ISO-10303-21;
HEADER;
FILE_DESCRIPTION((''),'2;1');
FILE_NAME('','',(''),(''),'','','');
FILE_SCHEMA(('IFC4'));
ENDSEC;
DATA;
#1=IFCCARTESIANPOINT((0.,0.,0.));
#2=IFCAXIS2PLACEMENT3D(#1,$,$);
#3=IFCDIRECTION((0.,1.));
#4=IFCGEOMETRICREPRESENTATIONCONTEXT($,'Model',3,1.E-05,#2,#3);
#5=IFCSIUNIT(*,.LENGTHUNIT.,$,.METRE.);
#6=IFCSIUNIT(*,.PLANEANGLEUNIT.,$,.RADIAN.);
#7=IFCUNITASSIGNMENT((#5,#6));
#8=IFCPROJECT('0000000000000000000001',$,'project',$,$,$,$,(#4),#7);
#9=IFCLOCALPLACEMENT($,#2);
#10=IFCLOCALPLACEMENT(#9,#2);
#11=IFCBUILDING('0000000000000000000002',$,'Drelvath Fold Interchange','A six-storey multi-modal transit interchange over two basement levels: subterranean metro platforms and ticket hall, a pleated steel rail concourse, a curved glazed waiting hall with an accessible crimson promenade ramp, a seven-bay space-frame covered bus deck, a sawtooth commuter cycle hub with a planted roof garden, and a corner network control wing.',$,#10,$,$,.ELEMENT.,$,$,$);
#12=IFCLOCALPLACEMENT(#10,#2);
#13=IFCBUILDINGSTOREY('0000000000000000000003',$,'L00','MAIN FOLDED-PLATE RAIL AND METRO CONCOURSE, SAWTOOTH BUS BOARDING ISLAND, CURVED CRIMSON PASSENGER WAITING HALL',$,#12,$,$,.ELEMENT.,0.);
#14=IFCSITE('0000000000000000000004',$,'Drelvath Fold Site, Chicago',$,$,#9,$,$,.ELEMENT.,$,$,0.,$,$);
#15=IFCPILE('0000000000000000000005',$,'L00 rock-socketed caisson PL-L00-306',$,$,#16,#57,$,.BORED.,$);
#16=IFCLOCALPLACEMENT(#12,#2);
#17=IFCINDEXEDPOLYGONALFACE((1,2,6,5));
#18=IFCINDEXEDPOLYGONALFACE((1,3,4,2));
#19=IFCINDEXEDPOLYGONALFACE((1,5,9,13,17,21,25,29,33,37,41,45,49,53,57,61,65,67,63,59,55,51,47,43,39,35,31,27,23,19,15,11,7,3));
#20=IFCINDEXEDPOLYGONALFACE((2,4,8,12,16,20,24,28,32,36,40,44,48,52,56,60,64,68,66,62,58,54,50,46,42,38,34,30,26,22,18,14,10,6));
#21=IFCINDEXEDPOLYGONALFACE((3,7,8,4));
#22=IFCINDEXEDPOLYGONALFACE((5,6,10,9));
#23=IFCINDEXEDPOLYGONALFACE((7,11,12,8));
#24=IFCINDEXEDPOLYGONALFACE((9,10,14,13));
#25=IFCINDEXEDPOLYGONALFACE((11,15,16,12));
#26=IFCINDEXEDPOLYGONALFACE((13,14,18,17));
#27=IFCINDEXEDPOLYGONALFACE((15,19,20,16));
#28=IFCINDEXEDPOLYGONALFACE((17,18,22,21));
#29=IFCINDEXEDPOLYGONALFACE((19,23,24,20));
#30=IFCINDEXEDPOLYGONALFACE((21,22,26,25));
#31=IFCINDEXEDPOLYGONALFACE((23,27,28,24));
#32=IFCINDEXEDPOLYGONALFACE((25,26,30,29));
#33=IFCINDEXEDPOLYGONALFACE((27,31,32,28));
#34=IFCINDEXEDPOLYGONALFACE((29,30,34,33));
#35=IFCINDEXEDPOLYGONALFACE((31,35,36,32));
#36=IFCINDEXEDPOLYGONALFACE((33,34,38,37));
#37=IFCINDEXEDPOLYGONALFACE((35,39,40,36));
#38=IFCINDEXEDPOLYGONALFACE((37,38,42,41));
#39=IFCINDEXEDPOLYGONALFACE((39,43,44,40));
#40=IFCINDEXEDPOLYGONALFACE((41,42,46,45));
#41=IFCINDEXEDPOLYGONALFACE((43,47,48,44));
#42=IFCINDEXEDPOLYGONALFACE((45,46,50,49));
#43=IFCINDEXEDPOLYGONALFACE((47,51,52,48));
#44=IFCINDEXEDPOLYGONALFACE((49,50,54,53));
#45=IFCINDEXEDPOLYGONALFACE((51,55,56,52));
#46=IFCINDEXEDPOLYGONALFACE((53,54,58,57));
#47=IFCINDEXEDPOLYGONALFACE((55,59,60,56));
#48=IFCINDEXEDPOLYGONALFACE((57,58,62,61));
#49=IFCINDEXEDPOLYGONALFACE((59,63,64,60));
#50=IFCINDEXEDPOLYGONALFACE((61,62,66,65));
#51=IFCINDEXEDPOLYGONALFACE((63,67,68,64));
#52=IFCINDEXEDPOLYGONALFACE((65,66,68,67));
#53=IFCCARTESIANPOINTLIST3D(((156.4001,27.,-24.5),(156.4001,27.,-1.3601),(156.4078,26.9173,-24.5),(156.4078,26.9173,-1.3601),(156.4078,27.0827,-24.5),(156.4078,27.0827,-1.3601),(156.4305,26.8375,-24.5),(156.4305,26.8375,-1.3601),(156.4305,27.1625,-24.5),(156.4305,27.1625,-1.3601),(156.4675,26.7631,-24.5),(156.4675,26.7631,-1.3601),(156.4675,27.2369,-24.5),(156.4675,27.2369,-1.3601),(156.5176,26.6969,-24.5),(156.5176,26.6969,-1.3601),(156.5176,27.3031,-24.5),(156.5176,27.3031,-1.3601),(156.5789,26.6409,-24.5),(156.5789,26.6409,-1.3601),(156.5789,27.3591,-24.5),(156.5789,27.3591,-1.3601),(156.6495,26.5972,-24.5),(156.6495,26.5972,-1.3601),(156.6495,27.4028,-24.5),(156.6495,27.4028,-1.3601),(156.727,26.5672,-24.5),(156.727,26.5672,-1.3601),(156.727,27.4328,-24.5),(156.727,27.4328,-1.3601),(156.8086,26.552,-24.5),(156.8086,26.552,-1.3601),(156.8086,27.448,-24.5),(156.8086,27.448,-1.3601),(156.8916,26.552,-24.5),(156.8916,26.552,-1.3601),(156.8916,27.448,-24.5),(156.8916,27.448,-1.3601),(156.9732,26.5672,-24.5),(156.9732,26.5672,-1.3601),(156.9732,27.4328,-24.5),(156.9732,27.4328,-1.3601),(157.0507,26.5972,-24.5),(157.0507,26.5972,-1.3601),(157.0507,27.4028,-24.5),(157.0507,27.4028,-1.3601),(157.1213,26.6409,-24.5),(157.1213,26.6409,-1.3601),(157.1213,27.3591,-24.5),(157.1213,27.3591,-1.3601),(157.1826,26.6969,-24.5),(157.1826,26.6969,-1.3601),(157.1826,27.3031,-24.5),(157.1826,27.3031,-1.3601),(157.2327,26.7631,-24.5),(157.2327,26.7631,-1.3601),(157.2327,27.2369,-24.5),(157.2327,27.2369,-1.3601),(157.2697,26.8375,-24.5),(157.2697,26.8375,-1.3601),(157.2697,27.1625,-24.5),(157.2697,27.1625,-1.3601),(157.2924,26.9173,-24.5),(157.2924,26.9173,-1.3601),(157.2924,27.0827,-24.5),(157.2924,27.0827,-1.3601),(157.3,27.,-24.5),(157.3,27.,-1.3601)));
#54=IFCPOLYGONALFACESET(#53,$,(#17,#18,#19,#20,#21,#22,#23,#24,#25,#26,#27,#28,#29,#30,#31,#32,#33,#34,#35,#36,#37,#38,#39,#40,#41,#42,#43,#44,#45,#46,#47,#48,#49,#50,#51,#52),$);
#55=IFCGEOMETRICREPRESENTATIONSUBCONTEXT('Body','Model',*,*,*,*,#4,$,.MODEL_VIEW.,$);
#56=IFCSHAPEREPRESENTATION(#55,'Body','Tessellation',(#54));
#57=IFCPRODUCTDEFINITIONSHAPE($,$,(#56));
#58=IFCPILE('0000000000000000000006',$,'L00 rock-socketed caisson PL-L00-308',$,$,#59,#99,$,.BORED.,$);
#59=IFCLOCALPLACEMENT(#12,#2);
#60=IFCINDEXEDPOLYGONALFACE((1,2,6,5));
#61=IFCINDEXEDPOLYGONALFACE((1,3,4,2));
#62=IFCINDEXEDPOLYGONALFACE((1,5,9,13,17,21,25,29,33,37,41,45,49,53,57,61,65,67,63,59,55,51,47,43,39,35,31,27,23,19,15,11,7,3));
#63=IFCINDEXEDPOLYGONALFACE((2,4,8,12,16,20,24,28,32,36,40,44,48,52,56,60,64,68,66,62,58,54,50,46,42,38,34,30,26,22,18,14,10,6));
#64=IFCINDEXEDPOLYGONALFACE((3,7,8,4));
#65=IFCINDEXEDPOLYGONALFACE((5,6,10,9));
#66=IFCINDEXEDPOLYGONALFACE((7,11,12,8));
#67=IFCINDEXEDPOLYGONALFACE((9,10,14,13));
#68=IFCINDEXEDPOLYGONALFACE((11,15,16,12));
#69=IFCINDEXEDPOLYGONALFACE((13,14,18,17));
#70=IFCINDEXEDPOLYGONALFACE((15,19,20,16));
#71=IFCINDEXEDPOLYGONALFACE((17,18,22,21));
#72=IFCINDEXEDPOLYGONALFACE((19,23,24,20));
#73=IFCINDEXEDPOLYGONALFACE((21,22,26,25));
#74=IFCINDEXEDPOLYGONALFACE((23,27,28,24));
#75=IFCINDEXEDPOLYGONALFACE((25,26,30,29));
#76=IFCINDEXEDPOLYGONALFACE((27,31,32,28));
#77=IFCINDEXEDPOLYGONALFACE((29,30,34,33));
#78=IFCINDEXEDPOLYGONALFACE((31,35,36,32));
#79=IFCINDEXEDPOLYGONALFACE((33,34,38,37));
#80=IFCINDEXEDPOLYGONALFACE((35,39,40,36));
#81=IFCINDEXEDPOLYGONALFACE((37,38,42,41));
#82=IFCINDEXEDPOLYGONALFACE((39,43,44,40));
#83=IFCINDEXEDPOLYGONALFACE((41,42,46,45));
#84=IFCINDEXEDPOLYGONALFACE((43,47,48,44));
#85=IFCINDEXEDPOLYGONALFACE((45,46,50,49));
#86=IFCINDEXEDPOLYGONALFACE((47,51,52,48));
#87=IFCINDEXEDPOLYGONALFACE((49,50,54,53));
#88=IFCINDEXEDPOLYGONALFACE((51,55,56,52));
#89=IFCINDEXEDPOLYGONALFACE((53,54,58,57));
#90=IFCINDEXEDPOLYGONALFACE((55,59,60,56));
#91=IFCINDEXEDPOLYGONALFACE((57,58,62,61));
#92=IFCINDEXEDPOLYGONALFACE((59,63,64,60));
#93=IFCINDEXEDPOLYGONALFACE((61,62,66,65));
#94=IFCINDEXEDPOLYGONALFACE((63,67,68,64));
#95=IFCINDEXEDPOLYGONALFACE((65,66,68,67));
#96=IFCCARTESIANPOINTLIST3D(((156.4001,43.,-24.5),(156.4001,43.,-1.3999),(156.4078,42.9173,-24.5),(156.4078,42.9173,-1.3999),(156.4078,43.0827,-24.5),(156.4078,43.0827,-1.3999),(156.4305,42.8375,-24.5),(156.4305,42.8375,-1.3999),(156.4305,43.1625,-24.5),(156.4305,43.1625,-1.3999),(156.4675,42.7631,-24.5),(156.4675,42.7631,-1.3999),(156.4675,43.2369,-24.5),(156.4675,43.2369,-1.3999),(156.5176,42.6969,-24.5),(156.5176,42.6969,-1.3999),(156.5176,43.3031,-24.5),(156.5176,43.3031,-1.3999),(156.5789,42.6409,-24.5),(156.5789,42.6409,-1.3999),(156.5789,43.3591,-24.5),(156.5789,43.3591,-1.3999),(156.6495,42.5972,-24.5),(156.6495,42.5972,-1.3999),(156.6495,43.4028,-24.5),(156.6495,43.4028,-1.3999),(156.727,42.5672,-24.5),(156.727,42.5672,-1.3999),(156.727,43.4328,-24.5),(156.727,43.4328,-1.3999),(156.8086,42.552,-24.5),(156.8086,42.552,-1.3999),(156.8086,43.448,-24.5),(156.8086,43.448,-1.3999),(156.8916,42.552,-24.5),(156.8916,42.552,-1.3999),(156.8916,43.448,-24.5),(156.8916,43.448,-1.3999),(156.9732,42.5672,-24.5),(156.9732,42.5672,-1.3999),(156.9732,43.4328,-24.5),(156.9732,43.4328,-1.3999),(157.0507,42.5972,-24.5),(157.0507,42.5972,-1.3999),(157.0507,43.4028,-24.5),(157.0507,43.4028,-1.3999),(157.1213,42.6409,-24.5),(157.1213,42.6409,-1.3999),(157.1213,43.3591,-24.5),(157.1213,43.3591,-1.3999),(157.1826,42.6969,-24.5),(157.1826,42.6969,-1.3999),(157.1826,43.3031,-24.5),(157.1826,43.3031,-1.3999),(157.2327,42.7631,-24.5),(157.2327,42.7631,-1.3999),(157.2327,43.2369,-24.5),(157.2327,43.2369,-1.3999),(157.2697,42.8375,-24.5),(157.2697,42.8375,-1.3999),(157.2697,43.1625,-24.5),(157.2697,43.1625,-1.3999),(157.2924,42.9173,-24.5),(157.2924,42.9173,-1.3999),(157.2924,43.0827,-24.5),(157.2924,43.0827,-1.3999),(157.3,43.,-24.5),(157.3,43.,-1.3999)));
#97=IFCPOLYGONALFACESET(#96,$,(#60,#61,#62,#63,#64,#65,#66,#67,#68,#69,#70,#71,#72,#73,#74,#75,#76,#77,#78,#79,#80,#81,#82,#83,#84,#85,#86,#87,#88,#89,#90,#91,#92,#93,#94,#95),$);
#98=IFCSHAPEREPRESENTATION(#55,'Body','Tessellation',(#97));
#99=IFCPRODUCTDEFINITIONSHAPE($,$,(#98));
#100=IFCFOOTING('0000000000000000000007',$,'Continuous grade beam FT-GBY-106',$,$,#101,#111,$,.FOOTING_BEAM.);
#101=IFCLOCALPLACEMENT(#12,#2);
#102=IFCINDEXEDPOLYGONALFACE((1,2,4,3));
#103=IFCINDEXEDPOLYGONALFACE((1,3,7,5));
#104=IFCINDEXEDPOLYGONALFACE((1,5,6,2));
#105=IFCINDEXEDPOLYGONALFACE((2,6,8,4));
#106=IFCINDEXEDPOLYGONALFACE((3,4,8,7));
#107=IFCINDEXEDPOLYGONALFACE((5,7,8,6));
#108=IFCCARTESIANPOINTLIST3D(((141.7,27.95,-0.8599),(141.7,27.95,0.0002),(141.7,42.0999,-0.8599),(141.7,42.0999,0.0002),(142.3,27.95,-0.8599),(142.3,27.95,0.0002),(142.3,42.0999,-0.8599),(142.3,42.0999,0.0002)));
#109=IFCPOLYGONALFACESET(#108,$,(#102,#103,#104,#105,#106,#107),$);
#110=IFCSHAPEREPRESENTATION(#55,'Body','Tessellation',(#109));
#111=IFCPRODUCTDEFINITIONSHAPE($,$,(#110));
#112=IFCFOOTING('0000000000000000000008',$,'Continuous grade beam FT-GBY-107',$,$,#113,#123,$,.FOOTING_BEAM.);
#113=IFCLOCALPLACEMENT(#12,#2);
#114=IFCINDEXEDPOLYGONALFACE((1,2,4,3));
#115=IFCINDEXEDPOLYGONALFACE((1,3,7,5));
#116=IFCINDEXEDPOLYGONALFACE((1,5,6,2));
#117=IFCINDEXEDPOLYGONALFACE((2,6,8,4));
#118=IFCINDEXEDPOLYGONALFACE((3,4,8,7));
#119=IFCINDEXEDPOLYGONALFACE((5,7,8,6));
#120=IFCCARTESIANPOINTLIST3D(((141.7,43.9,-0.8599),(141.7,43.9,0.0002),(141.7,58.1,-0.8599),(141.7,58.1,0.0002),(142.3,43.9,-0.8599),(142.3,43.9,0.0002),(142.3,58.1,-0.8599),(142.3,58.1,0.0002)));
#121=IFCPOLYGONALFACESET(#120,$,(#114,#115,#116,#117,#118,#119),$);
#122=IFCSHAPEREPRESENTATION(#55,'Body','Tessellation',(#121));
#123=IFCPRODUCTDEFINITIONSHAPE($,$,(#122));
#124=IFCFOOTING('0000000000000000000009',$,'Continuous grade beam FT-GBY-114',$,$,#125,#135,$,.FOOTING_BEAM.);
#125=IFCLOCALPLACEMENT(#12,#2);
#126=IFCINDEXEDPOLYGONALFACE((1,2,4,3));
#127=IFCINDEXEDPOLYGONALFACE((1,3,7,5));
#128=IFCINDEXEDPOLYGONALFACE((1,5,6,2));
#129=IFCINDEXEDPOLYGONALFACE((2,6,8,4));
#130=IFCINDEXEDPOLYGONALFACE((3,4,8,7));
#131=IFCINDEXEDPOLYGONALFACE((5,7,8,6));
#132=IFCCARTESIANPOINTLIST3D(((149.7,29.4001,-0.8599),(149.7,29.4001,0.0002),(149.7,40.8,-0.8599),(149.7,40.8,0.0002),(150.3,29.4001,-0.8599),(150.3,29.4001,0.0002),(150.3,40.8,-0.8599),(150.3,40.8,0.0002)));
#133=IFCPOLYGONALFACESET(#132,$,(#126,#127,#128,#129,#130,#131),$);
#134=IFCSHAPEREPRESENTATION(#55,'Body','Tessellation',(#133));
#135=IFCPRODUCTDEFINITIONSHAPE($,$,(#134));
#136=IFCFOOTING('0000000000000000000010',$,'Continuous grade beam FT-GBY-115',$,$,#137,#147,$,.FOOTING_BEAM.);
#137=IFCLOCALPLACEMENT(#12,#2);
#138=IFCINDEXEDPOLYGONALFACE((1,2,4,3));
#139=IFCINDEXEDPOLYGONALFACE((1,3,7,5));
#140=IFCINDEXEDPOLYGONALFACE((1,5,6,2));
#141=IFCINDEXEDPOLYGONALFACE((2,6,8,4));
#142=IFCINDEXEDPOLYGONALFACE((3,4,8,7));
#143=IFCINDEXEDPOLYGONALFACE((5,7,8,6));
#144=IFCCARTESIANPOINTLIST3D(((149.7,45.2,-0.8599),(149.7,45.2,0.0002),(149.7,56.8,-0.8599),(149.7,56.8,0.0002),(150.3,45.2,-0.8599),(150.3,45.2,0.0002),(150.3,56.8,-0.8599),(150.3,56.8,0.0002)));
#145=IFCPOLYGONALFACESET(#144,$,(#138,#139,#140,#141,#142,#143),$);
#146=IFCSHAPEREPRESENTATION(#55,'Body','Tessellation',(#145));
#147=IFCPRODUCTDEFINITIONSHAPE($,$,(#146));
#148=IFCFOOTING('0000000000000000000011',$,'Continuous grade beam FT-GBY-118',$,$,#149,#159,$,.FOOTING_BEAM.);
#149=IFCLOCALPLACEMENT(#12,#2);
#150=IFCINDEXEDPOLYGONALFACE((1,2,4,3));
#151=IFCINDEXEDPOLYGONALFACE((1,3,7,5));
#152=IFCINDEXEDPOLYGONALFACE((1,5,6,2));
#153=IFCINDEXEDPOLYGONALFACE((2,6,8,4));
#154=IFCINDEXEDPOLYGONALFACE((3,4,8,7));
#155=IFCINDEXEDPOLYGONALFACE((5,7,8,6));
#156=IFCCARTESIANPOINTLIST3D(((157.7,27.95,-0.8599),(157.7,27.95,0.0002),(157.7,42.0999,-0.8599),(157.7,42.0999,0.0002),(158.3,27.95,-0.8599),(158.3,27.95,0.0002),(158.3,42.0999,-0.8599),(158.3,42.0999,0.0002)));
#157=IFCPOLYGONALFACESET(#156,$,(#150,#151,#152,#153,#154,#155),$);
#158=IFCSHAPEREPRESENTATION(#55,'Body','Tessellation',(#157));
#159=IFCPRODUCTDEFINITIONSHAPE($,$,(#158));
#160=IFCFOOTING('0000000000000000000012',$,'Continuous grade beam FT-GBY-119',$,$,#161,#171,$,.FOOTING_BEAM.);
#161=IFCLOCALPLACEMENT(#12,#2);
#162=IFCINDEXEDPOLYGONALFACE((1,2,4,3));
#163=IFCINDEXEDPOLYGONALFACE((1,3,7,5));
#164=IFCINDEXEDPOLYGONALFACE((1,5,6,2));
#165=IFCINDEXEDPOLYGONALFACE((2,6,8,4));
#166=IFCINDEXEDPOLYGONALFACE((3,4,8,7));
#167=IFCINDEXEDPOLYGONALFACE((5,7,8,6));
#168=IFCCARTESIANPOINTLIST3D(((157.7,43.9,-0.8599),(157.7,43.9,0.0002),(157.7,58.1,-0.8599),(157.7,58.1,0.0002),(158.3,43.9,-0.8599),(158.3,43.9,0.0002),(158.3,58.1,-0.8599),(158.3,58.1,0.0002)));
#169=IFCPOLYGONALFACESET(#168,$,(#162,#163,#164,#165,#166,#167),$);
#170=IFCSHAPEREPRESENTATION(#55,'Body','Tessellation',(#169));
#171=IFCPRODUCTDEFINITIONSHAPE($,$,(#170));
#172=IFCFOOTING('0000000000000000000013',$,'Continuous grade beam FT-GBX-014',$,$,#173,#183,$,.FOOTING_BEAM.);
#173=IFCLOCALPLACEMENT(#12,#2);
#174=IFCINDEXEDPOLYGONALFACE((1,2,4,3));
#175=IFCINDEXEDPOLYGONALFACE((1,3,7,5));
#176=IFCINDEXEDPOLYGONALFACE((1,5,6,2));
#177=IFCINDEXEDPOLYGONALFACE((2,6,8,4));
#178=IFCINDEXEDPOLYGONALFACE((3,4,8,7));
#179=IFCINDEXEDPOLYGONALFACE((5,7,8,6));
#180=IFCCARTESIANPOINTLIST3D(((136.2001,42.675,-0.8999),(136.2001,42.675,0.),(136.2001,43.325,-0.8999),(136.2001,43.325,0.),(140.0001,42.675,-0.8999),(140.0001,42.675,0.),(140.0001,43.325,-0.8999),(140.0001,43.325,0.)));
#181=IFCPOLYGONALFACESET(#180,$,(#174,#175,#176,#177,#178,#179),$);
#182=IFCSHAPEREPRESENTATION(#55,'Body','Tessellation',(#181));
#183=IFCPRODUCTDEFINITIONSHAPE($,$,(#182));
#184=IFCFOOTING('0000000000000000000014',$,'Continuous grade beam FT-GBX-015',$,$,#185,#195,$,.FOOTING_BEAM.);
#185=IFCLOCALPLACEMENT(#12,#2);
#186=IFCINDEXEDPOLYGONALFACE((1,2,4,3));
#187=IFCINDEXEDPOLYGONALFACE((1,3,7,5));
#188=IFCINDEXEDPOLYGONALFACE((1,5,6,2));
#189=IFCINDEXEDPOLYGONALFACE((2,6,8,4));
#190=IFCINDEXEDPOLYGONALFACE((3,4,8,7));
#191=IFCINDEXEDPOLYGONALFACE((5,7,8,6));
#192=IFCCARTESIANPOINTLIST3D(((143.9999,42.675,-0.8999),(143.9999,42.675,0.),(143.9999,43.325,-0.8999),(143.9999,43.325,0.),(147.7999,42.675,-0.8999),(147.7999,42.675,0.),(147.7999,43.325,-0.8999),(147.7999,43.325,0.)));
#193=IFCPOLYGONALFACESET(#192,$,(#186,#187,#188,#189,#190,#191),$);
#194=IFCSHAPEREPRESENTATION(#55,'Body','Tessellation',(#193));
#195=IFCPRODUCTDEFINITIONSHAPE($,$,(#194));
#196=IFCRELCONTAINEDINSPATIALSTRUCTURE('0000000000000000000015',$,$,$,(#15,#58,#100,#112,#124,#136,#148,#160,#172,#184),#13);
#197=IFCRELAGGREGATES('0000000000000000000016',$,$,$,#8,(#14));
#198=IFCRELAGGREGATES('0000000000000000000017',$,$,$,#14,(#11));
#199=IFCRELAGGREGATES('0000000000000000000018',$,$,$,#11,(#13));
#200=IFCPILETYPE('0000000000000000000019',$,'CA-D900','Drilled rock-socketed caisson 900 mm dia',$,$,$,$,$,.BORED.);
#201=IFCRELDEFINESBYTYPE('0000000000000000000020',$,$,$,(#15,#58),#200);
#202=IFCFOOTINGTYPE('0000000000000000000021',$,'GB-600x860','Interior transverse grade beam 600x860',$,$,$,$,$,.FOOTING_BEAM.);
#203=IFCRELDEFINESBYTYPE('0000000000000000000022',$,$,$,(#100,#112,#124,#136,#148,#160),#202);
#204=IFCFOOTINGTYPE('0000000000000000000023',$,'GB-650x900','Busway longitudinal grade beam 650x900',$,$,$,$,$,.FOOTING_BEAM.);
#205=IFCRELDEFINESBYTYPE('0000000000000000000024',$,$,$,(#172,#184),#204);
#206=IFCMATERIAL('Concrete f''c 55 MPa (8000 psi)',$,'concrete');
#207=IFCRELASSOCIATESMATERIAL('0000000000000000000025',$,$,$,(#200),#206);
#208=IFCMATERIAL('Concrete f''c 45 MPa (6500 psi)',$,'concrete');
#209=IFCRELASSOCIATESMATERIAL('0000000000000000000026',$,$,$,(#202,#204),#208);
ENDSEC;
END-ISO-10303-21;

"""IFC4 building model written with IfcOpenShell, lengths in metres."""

from ifc_helpers import new_model, si_unit, direction, frame, origin, origin_2d, place, context, subcontext, project, spatial, rectangle, circle, extrude, material, material_profile, profile_set, type_object, element, save


model = new_model("IFC4")

# Units and contexts
model_context = context("Model", 3, precision=1e-05, world=origin(), true_north=direction((0.0, 1.0)))
body_context = subcontext(model_context, "Body", "Model", "MODEL_VIEW")
ifc_project = project(units=[si_unit("LENGTHUNIT", "METRE"), si_unit("PLANEANGLEUNIT", "RADIAN")], contexts=[model_context])

# Site, building, storey
site_placement = place(None, origin())
site = spatial("IfcSite", under=ifc_project, at=site_placement, Name="Drelvath Fold Site, Chicago", CompositionType="ELEMENT", RefElevation=0.0)
building_placement = place(site_placement, origin())
building = spatial("IfcBuilding", under=site, at=building_placement, Name="Drelvath Fold Interchange", Description="A six-storey multi-modal transit interchange over two basement levels: subterranean metro platforms and ticket hall, a pleated steel rail concourse, a curved glazed waiting hall with an accessible crimson promenade ramp, a seven-bay space-frame covered bus deck, a sawtooth commuter cycle hub with a planted roof garden, and a corner network control wing.", CompositionType="ELEMENT")
storey_placement = place(building_placement, origin())
storey = spatial("IfcBuildingStorey", under=building, at=storey_placement, Name="L00", Description="MAIN FOLDED-PLATE RAIL AND METRO CONCOURSE, SAWTOOTH BUS BOARDING ISLAND, CURVED CRIMSON PASSENGER WAITING HALL", CompositionType="ELEMENT", Elevation=0.0)

# Piles
ifc_material_1 = material(Name="Concrete f'c 55 MPa (8000 psi)", Category="concrete")
ifc_material_profile_1 = material_profile(ifc_material_1, circle(Radius=0.45, at=origin_2d()), Name="CAISSON D900")
ifc_profile_set_1 = profile_set([ifc_material_profile_1], Name="Concrete f'c 55 MPa (8000 psi)")
pile_type_1 = type_object("IfcPileType", Name="CA-D900", Description="Drilled rock-socketed caisson 900 mm dia", PredefinedType="BORED", material=ifc_profile_set_1)
pile_1_placement = place(storey_placement, frame((156.8501, 27.0, -1.3601), z_axis=(0.0, 0.0, -1.0), x_axis=(1.0, 0.0, 0.0)))
element("IfcPile", 1, at=pile_1_placement, inside=storey, type_object=pile_type_1, Name="L00 rock-socketed caisson PL-L00-306", PredefinedType="BORED", context=body_context, shape_type="SweptSolid", body=[
    extrude(circle(Radius=0.45, at=origin_2d()), origin(), (0.0, 0.0, 1.0), 23.1399),
])
pile_2_placement = place(storey_placement, frame((156.8501, 43.0, -1.3999), z_axis=(0.0, 0.0, -1.0), x_axis=(1.0, 0.0, 0.0)))
element("IfcPile", 2, at=pile_2_placement, inside=storey, type_object=pile_type_1, Name="L00 rock-socketed caisson PL-L00-308", PredefinedType="BORED", context=body_context, shape_type="SweptSolid", body=[
    extrude(circle(Radius=0.45, at=origin_2d()), origin(), (0.0, 0.0, 1.0), 23.1001),
])

# Footings
ifc_material_2 = material(Name="Concrete f'c 45 MPa (6500 psi)", Category="concrete")
footing_type_1 = type_object("IfcFootingType", Name="GB-600x860", Description="Interior transverse grade beam 600x860", PredefinedType="FOOTING_BEAM", material=ifc_material_2)
footing_1_placement = place(storey_placement, frame((142.0, 35.0249, -0.8599), z_axis=(0.0, 0.0, 1.0), x_axis=(1.0, 0.0, 0.0)))
element("IfcFooting", 3, at=footing_1_placement, inside=storey, type_object=footing_type_1, Name="Continuous grade beam FT-GBY-106", PredefinedType="FOOTING_BEAM", context=body_context, shape_type="SweptSolid", body=[
    extrude(rectangle(XDim=0.6001, YDim=14.1499, at=origin_2d()), origin(), (0.0, 0.0, 1.0), 0.8601),
])
footing_2_placement = place(storey_placement, frame((142.0, 51.0, -0.8599), z_axis=(0.0, 0.0, 1.0), x_axis=(1.0, 0.0, 0.0)))
element("IfcFooting", 4, at=footing_2_placement, inside=storey, type_object=footing_type_1, Name="Continuous grade beam FT-GBY-107", PredefinedType="FOOTING_BEAM", context=body_context, shape_type="SweptSolid", body=[
    extrude(rectangle(XDim=0.6001, YDim=14.2, at=origin_2d()), origin(), (0.0, 0.0, 1.0), 0.8601),
])
footing_3_placement = place(storey_placement, frame((150.0, 35.1001, -0.8599), z_axis=(0.0, 0.0, 1.0), x_axis=(1.0, 0.0, 0.0)))
element("IfcFooting", 5, at=footing_3_placement, inside=storey, type_object=footing_type_1, Name="Continuous grade beam FT-GBY-114", PredefinedType="FOOTING_BEAM", context=body_context, shape_type="SweptSolid", body=[
    extrude(rectangle(XDim=0.6001, YDim=11.3999, at=origin_2d()), origin(), (0.0, 0.0, 1.0), 0.8601),
])
footing_4_placement = place(storey_placement, frame((150.0, 51.0, -0.8599), z_axis=(0.0, 0.0, 1.0), x_axis=(1.0, 0.0, 0.0)))
element("IfcFooting", 6, at=footing_4_placement, inside=storey, type_object=footing_type_1, Name="Continuous grade beam FT-GBY-115", PredefinedType="FOOTING_BEAM", context=body_context, shape_type="SweptSolid", body=[
    extrude(rectangle(XDim=0.6001, YDim=11.6001, at=origin_2d()), origin(), (0.0, 0.0, 1.0), 0.8601),
])
footing_5_placement = place(storey_placement, frame((158.0, 35.0249, -0.8599), z_axis=(0.0, 0.0, 1.0), x_axis=(1.0, 0.0, 0.0)))
element("IfcFooting", 7, at=footing_5_placement, inside=storey, type_object=footing_type_1, Name="Continuous grade beam FT-GBY-118", PredefinedType="FOOTING_BEAM", context=body_context, shape_type="SweptSolid", body=[
    extrude(rectangle(XDim=0.6001, YDim=14.1499, at=origin_2d()), origin(), (0.0, 0.0, 1.0), 0.8601),
])
footing_6_placement = place(storey_placement, frame((158.0, 51.0, -0.8599), z_axis=(0.0, 0.0, 1.0), x_axis=(1.0, 0.0, 0.0)))
element("IfcFooting", 8, at=footing_6_placement, inside=storey, type_object=footing_type_1, Name="Continuous grade beam FT-GBY-119", PredefinedType="FOOTING_BEAM", context=body_context, shape_type="SweptSolid", body=[
    extrude(rectangle(XDim=0.6001, YDim=14.2, at=origin_2d()), origin(), (0.0, 0.0, 1.0), 0.8601),
])
footing_type_2 = type_object("IfcFootingType", Name="GB-650x900", Description="Busway longitudinal grade beam 650x900", PredefinedType="FOOTING_BEAM", material=ifc_material_2)
for number, where, z_axis, x_axis, name in (
    (9, (138.1001, 43.0, -0.8999), (0.0, 0.0, 1.0), (1.0, 0.0, 0.0), "Continuous grade beam FT-GBX-014"),
    (10, (145.8999, 43.0, -0.8999), (0.0, 0.0, 1.0), (1.0, 0.0, 0.0), "Continuous grade beam FT-GBX-015"),
):
    element("IfcFooting", number, at=place(storey_placement, frame(where, z_axis=z_axis, x_axis=x_axis)), inside=storey, type_object=footing_type_2, Name=name, PredefinedType="FOOTING_BEAM", context=body_context, shape_type="SweptSolid", body=[
        extrude(rectangle(XDim=3.8, YDim=0.6499, at=origin_2d()), origin(), (0.0, 0.0, 1.0), 0.8999),
    ])

save(model, "model.ifc")
